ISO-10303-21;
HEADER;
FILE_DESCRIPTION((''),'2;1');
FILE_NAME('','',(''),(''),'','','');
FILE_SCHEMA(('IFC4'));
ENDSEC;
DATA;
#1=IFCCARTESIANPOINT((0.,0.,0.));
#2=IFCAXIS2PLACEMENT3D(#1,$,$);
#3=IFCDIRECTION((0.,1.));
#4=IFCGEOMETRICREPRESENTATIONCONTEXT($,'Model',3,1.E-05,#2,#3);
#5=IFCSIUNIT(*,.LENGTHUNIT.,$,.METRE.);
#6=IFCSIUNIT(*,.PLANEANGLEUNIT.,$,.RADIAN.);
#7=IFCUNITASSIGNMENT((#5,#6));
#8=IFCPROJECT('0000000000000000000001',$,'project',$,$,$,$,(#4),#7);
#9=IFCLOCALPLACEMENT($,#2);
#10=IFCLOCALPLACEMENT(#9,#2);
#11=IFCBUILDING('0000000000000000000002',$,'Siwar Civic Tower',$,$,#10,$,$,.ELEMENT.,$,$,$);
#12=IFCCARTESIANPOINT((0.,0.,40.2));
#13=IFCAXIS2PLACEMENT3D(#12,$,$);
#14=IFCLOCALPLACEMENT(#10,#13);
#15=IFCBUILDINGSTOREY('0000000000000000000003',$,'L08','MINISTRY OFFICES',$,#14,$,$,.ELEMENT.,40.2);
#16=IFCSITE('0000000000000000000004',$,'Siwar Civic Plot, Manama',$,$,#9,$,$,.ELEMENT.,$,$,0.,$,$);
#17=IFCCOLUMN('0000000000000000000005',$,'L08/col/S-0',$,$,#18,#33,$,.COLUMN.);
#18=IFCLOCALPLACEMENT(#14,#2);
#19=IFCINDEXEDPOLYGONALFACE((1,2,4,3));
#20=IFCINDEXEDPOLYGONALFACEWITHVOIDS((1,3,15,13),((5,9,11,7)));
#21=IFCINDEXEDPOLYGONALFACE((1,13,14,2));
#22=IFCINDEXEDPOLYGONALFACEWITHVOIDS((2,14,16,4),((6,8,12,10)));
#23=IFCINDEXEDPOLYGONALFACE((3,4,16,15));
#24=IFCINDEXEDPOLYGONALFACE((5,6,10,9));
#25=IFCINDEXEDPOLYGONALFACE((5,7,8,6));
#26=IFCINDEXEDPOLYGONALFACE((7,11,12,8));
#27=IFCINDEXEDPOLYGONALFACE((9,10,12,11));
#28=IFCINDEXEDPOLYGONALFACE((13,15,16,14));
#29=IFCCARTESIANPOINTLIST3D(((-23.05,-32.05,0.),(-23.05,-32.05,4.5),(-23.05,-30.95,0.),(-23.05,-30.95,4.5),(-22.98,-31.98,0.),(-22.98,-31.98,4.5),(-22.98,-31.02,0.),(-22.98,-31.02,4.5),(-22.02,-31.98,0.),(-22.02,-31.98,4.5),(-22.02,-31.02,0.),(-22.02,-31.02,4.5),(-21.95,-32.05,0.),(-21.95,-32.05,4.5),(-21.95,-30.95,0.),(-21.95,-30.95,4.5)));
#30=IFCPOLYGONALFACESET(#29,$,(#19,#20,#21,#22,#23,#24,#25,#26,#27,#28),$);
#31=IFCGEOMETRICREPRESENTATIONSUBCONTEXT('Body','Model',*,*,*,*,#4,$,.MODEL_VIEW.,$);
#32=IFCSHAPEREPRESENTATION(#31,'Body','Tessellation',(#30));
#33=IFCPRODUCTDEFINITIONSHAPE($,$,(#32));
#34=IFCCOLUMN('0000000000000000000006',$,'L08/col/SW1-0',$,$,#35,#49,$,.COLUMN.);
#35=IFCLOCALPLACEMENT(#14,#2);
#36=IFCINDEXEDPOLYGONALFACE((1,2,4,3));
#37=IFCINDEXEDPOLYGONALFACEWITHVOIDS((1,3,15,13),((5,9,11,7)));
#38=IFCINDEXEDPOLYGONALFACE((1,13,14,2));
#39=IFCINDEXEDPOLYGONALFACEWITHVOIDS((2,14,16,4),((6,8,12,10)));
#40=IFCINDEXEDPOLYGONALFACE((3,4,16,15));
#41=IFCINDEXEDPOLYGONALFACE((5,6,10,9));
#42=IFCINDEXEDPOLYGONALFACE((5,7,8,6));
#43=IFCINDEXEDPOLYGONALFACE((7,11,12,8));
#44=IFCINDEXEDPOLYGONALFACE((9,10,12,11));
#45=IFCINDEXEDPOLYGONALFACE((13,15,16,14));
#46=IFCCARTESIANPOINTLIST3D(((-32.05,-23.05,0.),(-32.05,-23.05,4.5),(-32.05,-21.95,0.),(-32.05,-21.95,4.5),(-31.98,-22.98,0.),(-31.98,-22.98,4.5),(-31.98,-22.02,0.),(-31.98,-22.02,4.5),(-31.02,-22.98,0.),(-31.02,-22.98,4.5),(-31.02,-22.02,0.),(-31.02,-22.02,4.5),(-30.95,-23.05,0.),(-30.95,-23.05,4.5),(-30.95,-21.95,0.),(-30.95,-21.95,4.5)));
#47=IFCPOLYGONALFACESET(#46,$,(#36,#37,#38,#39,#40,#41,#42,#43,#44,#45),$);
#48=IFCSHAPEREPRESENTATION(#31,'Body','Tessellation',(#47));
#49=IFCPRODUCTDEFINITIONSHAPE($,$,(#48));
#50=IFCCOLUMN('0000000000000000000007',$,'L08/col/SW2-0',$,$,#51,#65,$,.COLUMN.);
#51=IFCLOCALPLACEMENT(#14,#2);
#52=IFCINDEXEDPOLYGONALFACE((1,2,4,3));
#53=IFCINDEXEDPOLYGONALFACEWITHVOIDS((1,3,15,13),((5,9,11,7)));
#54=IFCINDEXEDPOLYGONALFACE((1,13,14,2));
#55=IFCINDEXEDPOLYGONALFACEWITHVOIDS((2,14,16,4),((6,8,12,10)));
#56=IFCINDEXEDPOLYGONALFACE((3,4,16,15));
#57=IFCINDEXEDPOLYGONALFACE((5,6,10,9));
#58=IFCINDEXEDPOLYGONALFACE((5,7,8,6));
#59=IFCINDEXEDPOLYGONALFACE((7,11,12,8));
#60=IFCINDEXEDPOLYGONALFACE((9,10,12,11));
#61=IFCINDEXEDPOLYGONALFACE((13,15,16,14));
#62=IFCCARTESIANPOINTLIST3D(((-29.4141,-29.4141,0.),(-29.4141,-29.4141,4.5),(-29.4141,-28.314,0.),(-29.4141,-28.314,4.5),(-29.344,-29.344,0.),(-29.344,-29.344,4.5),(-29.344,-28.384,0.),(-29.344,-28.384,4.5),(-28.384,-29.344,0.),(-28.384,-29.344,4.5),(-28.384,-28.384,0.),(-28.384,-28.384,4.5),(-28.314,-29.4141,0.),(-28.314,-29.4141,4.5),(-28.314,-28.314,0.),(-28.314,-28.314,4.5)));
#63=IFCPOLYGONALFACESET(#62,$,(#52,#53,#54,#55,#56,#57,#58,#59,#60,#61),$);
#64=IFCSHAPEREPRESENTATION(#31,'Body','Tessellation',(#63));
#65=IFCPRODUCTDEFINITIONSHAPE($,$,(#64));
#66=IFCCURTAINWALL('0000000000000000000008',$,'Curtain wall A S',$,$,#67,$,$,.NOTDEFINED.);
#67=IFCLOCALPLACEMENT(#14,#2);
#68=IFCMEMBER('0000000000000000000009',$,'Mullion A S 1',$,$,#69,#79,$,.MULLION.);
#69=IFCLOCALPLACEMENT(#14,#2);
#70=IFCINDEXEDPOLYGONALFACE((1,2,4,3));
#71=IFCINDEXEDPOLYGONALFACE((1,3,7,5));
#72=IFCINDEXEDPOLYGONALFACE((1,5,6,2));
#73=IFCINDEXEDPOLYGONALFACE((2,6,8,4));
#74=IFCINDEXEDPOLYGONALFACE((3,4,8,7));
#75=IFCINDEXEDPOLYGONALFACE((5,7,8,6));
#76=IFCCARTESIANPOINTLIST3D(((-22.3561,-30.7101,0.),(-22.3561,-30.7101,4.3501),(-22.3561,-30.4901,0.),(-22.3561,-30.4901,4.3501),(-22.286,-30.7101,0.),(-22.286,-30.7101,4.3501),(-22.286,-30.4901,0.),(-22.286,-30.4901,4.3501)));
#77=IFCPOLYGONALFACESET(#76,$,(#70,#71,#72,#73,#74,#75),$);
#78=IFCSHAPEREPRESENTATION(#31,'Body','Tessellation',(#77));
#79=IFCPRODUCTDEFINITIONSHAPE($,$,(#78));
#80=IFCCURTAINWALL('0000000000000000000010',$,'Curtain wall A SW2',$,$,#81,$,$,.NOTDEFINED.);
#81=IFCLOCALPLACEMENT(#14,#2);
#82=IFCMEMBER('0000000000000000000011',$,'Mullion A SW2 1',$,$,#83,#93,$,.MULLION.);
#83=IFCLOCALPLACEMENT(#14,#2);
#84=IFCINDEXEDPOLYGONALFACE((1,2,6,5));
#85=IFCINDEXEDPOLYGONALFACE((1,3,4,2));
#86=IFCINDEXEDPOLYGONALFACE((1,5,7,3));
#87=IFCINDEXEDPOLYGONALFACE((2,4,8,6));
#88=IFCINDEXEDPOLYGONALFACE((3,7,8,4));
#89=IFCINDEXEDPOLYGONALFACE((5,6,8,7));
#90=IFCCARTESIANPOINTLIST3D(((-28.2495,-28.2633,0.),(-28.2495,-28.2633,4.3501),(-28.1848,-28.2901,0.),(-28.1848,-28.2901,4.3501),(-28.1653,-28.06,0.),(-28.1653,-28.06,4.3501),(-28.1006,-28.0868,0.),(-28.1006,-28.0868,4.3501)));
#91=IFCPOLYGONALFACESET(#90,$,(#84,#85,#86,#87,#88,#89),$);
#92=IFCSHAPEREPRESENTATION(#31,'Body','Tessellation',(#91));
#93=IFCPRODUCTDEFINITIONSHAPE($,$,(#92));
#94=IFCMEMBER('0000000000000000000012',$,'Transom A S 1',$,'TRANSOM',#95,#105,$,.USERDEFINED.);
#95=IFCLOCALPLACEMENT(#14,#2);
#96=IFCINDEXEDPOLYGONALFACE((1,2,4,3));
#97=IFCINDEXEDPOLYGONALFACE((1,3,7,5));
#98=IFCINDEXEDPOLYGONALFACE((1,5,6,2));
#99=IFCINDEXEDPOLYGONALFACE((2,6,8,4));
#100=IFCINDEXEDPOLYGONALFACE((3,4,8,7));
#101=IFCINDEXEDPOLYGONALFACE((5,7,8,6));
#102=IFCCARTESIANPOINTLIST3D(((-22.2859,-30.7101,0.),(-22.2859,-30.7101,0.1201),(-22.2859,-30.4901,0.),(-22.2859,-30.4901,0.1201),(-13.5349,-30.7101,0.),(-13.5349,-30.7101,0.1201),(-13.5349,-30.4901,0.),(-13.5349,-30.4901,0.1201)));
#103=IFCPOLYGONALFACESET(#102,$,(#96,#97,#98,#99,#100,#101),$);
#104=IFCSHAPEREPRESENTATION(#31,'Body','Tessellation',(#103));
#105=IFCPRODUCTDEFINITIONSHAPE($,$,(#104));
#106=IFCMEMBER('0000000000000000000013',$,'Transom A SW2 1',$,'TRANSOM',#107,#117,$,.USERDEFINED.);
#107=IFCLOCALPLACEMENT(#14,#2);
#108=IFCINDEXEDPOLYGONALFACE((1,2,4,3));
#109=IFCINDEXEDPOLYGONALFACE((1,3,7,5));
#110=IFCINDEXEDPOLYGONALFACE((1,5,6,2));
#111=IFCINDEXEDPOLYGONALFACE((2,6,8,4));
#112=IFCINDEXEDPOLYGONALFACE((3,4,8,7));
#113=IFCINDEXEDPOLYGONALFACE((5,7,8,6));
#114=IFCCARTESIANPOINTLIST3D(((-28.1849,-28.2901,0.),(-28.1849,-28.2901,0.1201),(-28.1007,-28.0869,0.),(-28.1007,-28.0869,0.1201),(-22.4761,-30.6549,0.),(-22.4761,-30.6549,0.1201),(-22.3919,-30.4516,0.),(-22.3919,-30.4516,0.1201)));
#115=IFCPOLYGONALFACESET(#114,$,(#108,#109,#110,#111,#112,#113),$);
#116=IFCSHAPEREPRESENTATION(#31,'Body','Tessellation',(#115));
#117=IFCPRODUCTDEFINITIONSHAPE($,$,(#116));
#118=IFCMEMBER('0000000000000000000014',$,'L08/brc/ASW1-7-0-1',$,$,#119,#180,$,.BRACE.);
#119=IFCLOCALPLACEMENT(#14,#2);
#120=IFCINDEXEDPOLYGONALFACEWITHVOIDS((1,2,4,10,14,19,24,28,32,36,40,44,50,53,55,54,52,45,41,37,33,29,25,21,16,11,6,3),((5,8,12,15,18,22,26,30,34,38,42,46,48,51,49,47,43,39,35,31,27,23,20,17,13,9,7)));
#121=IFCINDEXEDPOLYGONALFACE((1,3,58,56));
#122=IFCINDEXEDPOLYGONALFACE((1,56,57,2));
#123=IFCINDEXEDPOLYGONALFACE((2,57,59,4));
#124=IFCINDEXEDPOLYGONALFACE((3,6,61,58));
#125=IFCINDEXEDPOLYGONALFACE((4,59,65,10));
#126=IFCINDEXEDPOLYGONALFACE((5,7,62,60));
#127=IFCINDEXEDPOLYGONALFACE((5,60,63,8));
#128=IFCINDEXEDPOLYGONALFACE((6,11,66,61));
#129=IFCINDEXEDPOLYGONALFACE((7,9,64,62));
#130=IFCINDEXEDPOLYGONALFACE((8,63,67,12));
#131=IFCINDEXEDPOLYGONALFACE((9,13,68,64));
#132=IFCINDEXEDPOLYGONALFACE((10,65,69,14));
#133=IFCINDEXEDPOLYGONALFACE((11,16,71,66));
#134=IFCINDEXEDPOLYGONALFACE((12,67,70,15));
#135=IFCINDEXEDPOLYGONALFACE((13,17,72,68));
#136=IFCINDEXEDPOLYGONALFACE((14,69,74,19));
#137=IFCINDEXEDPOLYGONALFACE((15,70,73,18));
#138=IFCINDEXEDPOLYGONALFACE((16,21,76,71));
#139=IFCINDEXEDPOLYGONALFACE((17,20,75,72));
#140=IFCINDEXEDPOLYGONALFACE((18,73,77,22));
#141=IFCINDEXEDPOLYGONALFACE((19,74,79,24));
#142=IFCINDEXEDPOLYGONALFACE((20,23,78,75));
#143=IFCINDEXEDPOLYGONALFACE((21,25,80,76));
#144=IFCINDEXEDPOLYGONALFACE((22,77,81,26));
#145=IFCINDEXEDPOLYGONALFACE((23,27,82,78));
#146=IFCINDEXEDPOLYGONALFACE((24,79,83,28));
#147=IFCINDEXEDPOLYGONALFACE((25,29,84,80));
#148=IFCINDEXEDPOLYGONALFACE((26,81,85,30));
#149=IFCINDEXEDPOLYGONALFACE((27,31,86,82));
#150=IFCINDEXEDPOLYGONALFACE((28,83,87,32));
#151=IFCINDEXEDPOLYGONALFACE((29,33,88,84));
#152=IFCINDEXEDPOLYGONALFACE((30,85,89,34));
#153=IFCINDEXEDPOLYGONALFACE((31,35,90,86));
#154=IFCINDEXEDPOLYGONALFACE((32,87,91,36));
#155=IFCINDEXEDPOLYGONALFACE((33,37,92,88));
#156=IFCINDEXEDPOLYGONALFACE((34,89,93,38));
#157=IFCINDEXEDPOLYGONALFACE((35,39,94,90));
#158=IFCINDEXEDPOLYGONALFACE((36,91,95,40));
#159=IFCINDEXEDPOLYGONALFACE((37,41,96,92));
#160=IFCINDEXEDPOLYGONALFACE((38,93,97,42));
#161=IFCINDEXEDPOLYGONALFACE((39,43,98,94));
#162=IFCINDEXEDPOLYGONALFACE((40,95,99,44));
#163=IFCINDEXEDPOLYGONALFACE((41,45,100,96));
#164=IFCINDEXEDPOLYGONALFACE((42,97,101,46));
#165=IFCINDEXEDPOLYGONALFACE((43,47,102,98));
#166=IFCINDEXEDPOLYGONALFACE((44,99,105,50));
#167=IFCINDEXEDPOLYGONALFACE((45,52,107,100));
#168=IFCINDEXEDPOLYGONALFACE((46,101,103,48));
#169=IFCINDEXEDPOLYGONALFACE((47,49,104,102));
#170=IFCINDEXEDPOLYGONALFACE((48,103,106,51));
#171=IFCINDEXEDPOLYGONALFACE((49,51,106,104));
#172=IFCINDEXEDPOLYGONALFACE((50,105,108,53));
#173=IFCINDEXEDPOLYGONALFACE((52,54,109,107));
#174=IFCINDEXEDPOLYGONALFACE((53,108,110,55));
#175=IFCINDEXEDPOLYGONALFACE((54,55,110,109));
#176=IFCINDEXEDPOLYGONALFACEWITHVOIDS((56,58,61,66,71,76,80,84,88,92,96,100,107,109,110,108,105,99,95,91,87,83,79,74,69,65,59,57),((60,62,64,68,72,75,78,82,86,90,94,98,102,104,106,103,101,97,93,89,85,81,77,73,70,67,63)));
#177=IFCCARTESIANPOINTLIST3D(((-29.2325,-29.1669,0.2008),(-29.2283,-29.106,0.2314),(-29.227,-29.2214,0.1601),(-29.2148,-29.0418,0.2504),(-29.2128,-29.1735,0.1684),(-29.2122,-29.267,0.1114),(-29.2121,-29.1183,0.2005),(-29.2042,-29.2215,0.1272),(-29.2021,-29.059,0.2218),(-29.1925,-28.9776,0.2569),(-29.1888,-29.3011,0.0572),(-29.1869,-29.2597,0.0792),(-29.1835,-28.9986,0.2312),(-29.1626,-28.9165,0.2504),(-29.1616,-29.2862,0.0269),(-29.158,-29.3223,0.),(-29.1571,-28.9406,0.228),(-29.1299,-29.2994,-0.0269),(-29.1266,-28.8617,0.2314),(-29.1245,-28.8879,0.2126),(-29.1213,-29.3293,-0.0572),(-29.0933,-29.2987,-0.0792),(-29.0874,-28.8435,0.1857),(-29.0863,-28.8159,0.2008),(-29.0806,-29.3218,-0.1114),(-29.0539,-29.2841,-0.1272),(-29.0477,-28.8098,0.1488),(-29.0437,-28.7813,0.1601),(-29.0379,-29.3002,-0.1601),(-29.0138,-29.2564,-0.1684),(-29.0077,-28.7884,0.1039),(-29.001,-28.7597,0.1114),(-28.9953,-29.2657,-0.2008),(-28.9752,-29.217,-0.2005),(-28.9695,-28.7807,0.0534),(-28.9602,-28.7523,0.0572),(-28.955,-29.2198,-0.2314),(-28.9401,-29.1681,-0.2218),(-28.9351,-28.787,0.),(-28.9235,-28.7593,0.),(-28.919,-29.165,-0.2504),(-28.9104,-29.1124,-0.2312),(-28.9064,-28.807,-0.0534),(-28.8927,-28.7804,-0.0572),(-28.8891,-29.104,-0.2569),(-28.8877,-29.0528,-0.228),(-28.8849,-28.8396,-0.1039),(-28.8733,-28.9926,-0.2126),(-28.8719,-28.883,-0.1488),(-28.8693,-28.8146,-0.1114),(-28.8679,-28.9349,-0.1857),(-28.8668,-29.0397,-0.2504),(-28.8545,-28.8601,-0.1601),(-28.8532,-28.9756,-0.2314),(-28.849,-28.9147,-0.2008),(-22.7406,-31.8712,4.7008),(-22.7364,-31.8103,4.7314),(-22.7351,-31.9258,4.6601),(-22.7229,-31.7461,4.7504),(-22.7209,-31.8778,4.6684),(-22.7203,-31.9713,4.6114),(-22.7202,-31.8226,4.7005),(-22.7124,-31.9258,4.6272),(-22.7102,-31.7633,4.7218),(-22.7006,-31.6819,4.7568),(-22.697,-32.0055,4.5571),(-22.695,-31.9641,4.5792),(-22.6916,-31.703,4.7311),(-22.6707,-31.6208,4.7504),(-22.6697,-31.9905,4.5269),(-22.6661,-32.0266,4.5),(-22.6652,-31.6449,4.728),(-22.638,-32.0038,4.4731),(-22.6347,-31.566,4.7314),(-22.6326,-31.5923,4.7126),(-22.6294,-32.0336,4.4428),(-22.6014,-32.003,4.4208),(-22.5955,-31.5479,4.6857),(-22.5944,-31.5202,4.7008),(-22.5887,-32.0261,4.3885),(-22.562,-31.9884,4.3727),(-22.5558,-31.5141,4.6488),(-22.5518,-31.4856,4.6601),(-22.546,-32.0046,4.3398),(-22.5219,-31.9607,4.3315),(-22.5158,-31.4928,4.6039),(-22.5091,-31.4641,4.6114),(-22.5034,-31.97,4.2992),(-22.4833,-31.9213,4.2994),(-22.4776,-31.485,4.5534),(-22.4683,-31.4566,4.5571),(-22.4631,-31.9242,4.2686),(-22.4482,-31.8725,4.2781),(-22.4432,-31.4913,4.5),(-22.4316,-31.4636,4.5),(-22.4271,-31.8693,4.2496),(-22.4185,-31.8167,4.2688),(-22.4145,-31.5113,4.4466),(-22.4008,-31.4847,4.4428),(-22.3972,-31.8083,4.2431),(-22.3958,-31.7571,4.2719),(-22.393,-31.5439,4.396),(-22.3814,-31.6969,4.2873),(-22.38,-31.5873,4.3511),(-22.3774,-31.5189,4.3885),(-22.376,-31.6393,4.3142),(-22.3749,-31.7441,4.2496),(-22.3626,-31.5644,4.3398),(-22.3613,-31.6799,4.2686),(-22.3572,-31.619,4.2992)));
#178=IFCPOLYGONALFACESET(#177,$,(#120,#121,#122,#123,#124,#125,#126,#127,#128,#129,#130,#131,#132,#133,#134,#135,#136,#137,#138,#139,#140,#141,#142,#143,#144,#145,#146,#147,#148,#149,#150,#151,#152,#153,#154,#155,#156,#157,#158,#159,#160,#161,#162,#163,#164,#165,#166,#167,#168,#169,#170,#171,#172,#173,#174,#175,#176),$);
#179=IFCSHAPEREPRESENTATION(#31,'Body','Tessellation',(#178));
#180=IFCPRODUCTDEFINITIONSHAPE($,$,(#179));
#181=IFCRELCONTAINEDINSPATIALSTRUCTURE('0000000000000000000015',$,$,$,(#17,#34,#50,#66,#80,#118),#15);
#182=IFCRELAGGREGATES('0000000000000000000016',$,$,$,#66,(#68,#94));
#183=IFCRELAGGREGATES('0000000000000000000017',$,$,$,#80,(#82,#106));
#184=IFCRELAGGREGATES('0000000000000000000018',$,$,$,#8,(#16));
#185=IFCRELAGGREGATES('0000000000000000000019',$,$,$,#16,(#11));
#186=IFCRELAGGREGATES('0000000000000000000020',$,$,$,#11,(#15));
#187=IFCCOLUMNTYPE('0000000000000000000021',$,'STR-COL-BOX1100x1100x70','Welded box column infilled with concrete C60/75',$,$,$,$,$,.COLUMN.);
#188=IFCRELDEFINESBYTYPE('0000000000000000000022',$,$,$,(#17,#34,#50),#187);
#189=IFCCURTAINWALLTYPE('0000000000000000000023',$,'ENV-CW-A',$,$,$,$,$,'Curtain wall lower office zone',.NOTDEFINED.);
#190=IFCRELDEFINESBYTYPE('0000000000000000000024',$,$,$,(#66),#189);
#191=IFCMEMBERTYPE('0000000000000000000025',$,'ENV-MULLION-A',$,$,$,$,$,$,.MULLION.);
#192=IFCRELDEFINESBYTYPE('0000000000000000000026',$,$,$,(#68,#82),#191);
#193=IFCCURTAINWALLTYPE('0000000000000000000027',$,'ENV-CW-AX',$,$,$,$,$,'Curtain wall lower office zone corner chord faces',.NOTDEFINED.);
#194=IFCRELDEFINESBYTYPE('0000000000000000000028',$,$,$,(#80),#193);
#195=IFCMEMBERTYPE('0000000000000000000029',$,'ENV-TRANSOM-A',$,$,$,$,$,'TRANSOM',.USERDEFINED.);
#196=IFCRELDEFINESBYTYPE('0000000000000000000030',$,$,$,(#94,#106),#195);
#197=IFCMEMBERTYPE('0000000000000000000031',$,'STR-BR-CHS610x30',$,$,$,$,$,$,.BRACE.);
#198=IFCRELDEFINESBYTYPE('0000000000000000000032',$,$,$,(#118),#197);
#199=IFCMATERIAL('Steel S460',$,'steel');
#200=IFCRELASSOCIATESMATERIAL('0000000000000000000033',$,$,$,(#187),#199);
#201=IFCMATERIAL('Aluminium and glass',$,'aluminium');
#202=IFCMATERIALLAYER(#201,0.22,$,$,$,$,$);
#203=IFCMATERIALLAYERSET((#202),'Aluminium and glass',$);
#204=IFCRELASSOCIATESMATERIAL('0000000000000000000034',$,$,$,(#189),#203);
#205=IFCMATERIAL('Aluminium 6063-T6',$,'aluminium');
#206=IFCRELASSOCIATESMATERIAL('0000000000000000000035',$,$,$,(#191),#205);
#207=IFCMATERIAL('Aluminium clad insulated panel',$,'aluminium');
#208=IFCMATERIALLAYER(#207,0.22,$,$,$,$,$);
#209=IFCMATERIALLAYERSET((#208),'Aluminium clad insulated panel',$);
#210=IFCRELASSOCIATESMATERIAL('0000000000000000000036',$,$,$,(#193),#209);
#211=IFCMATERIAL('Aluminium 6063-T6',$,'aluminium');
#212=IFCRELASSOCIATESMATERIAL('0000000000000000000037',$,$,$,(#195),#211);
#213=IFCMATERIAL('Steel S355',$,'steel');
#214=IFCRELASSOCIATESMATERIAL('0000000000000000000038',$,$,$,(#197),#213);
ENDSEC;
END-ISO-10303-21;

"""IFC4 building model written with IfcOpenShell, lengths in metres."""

from ifc_helpers import new_model, si_unit, direction, frame, origin, origin_2d, place, context, subcontext, project, spatial, rectangle, hollow_rectangle, hollow_circle, extrude, material, layer, layer_set, material_profile, profile_set, type_object, element, aggregate, save


model = new_model("IFC4")

# Units and contexts
model_context = context("Model", 3, precision=1e-05, world=origin(), true_north=direction((0.0, 1.0)))
body_context = subcontext(model_context, "Body", "Model", "MODEL_VIEW")
ifc_project = project(units=[si_unit("LENGTHUNIT", "METRE"), si_unit("PLANEANGLEUNIT", "RADIAN")], contexts=[model_context])

# Site, building, storey
site_placement = place(None, origin())
site = spatial("IfcSite", under=ifc_project, at=site_placement, Name="Siwar Civic Plot, Manama", CompositionType="ELEMENT", RefElevation=0.0)
building_placement = place(site_placement, origin())
building = spatial("IfcBuilding", under=site, at=building_placement, Name="Siwar Civic Tower", CompositionType="ELEMENT")
storey_placement = place(building_placement, frame((0.0, 0.0, 40.2)))
storey = spatial("IfcBuildingStorey", under=building, at=storey_placement, Name="L08", Description="MINISTRY OFFICES", CompositionType="ELEMENT", Elevation=40.2)

# Columns
ifc_material_1 = material(Name="Steel S460", Category="steel")
ifc_material_profile_1 = material_profile(ifc_material_1, hollow_rectangle(XDim=1.1001, YDim=1.1001, WallThickness=0.0701, at=origin_2d()), Name="BOX1100x1100x70")
ifc_profile_set_1 = profile_set([ifc_material_profile_1], Name="Steel S460")
column_type = type_object("IfcColumnType", Name="STR-COL-BOX1100x1100x70", Description="Welded box column infilled with concrete C60/75", PredefinedType="COLUMN", material=ifc_profile_set_1)
for number, where, z_axis, x_axis, name in (
    (1, (-22.5, -31.5, 0.0), (0.0, 0.0, 1.0), (1.0, 0.0, 0.0), "L08/col/S-0"),
    (2, (-31.5, -22.5, 0.0), (0.0, 0.0, 1.0), (1.0, 0.0, 0.0), "L08/col/SW1-0"),
    (3, (-28.864, -28.864, 0.0), (0.0, 0.0, 1.0), (1.0, 0.0, 0.0), "L08/col/SW2-0"),
):
    element("IfcColumn", number, at=place(storey_placement, frame(where, z_axis=z_axis, x_axis=x_axis)), inside=storey, type_object=column_type, Name=name, PredefinedType="COLUMN", context=body_context, shape_type="SweptSolid", body=[
        extrude(hollow_rectangle(XDim=1.1001, YDim=1.1001, WallThickness=0.0701, at=origin_2d()), origin(), (0.0, 0.0, 1.0), 4.5),
    ])

# Curtain walls, members
ifc_material_2 = material(Name="Aluminium and glass", Category="aluminium")
ifc_layer_1 = layer(ifc_material_2, 0.22)
ifc_layer_set_1 = layer_set([ifc_layer_1], Name="Aluminium and glass")
curtain_wall_type_1 = type_object("IfcCurtainWallType", Name="ENV-CW-A", ElementType="Curtain wall lower office zone", PredefinedType="NOTDEFINED", material=ifc_layer_set_1)
curtain_wall_1_placement = place(storey_placement, origin())
curtain_wall_1 = element("IfcCurtainWall", 4, at=curtain_wall_1_placement, inside=storey, type_object=curtain_wall_type_1, Name="Curtain wall A S", PredefinedType="NOTDEFINED")
ifc_material_3 = material(Name="Aluminium 6063-T6", Category="aluminium")
ifc_material_profile_2 = material_profile(ifc_material_3, rectangle(XDim=0.22, YDim=0.0701, at=origin_2d()), Name="AL 220x70")
ifc_profile_set_2 = profile_set([ifc_material_profile_2], Name="Aluminium 6063-T6")
member_type_1 = type_object("IfcMemberType", Name="ENV-MULLION-A", PredefinedType="MULLION", material=ifc_profile_set_2)
member_1_placement = place(storey_placement, frame((-22.321, -30.6001, 0.0), z_axis=(0.0, 0.0, 1.0), x_axis=(0.0, 1.0, 0.0)))
member_1 = element("IfcMember", 5, at=member_1_placement, type_object=member_type_1, Name="Mullion A S 1", PredefinedType="MULLION", context=body_context, shape_type="SweptSolid", body=[
    extrude(rectangle(XDim=0.22, YDim=0.0701, at=origin_2d()), origin(), (0.0, 0.0, 1.0), 4.3501),
])
ifc_material_4 = material(Name="Aluminium clad insulated panel", Category="aluminium")
ifc_layer_2 = layer(ifc_material_4, 0.22)
ifc_layer_set_2 = layer_set([ifc_layer_2], Name="Aluminium clad insulated panel")
curtain_wall_type_2 = type_object("IfcCurtainWallType", Name="ENV-CW-AX", ElementType="Curtain wall lower office zone corner chord faces", PredefinedType="NOTDEFINED", material=ifc_layer_set_2)
curtain_wall_2_placement = place(storey_placement, origin())
curtain_wall_2 = element("IfcCurtainWall", 6, at=curtain_wall_2_placement, inside=storey, type_object=curtain_wall_type_2, Name="Curtain wall A SW2", PredefinedType="NOTDEFINED")
member_2_placement = place(storey_placement, frame((-28.175, -28.175, 0.0), z_axis=(0.0, 0.0, 1.0), x_axis=(0.382683, 0.92388, 0.0)))
member_2 = element("IfcMember", 7, at=member_2_placement, type_object=member_type_1, Name="Mullion A SW2 1", PredefinedType="MULLION", context=body_context, shape_type="SweptSolid", body=[
    extrude(rectangle(XDim=0.22, YDim=0.0701, at=origin_2d()), origin(), (0.0, 0.0, 1.0), 4.3501),
])

# Members
ifc_material_5 = material(Name="Aluminium 6063-T6", Category="aluminium")
ifc_material_profile_3 = material_profile(ifc_material_5, rectangle(XDim=0.22, YDim=0.1201, at=origin_2d()), Name="AL 220x120")
ifc_profile_set_3 = profile_set([ifc_material_profile_3], Name="Aluminium 6063-T6")
member_type_2 = type_object("IfcMemberType", Name="ENV-TRANSOM-A", ElementType="TRANSOM", PredefinedType="USERDEFINED", material=ifc_profile_set_3)
member_3_placement = place(storey_placement, frame((-22.2859, -30.6001, 0.0601), z_axis=(1.0, 0.0, 0.0), x_axis=(0.0, 1.0, 0.0)))
member_3 = element("IfcMember", 8, at=member_3_placement, type_object=member_type_2, Name="Transom A S 1", ObjectType="TRANSOM", PredefinedType="USERDEFINED", context=body_context, shape_type="SweptSolid", body=[
    extrude(rectangle(XDim=0.22, YDim=0.1201, at=origin_2d()), origin(), (0.0, 0.0, 1.0), 8.751),
])
aggregate(curtain_wall_1, [member_1, member_3])
member_4_placement = place(storey_placement, frame((-28.1428, -28.1885, 0.0601), z_axis=(0.923873, -0.382698, 0.0), x_axis=(0.382698, 0.923873, 0.0)))
member_4 = element("IfcMember", 9, at=member_4_placement, type_object=member_type_2, Name="Transom A SW2 1", ObjectType="TRANSOM", PredefinedType="USERDEFINED", context=body_context, shape_type="SweptSolid", body=[
    extrude(rectangle(XDim=0.22, YDim=0.1201, at=origin_2d()), origin(), (0.0, 0.0, 1.0), 6.1792),
])

# Member
ifc_material_6 = material(Name="Steel S355", Category="steel")
ifc_material_profile_4 = material_profile(ifc_material_6, hollow_circle(Radius=0.3049, WallThickness=0.03, at=origin_2d()), Name="CHS610x30")
ifc_profile_set_4 = profile_set([ifc_material_profile_4], Name="Steel S355")
member_type_3 = type_object("IfcMemberType", Name="STR-BR-CHS610x30", PredefinedType="BRACE", material=ifc_profile_set_4)
member_5_placement = place(storey_placement, frame((-29.0408, -29.0408, 0.0), z_axis=(0.777555, -0.323906, 0.538975), x_axis=(0.384539, 0.923109, 0.0)))
element("IfcMember", 10, at=member_5_placement, inside=storey, type_object=member_type_3, Name="L08/brc/ASW1-7-0-1", PredefinedType="BRACE", context=body_context, shape_type="SweptSolid", body=[
    extrude(hollow_circle(Radius=0.3049, WallThickness=0.03, at=origin_2d()), origin(), (0.0, 0.0, 1.0), 8.3491),
])

aggregate(curtain_wall_2, [member_2, member_4])

save(model, "model.ifc")
